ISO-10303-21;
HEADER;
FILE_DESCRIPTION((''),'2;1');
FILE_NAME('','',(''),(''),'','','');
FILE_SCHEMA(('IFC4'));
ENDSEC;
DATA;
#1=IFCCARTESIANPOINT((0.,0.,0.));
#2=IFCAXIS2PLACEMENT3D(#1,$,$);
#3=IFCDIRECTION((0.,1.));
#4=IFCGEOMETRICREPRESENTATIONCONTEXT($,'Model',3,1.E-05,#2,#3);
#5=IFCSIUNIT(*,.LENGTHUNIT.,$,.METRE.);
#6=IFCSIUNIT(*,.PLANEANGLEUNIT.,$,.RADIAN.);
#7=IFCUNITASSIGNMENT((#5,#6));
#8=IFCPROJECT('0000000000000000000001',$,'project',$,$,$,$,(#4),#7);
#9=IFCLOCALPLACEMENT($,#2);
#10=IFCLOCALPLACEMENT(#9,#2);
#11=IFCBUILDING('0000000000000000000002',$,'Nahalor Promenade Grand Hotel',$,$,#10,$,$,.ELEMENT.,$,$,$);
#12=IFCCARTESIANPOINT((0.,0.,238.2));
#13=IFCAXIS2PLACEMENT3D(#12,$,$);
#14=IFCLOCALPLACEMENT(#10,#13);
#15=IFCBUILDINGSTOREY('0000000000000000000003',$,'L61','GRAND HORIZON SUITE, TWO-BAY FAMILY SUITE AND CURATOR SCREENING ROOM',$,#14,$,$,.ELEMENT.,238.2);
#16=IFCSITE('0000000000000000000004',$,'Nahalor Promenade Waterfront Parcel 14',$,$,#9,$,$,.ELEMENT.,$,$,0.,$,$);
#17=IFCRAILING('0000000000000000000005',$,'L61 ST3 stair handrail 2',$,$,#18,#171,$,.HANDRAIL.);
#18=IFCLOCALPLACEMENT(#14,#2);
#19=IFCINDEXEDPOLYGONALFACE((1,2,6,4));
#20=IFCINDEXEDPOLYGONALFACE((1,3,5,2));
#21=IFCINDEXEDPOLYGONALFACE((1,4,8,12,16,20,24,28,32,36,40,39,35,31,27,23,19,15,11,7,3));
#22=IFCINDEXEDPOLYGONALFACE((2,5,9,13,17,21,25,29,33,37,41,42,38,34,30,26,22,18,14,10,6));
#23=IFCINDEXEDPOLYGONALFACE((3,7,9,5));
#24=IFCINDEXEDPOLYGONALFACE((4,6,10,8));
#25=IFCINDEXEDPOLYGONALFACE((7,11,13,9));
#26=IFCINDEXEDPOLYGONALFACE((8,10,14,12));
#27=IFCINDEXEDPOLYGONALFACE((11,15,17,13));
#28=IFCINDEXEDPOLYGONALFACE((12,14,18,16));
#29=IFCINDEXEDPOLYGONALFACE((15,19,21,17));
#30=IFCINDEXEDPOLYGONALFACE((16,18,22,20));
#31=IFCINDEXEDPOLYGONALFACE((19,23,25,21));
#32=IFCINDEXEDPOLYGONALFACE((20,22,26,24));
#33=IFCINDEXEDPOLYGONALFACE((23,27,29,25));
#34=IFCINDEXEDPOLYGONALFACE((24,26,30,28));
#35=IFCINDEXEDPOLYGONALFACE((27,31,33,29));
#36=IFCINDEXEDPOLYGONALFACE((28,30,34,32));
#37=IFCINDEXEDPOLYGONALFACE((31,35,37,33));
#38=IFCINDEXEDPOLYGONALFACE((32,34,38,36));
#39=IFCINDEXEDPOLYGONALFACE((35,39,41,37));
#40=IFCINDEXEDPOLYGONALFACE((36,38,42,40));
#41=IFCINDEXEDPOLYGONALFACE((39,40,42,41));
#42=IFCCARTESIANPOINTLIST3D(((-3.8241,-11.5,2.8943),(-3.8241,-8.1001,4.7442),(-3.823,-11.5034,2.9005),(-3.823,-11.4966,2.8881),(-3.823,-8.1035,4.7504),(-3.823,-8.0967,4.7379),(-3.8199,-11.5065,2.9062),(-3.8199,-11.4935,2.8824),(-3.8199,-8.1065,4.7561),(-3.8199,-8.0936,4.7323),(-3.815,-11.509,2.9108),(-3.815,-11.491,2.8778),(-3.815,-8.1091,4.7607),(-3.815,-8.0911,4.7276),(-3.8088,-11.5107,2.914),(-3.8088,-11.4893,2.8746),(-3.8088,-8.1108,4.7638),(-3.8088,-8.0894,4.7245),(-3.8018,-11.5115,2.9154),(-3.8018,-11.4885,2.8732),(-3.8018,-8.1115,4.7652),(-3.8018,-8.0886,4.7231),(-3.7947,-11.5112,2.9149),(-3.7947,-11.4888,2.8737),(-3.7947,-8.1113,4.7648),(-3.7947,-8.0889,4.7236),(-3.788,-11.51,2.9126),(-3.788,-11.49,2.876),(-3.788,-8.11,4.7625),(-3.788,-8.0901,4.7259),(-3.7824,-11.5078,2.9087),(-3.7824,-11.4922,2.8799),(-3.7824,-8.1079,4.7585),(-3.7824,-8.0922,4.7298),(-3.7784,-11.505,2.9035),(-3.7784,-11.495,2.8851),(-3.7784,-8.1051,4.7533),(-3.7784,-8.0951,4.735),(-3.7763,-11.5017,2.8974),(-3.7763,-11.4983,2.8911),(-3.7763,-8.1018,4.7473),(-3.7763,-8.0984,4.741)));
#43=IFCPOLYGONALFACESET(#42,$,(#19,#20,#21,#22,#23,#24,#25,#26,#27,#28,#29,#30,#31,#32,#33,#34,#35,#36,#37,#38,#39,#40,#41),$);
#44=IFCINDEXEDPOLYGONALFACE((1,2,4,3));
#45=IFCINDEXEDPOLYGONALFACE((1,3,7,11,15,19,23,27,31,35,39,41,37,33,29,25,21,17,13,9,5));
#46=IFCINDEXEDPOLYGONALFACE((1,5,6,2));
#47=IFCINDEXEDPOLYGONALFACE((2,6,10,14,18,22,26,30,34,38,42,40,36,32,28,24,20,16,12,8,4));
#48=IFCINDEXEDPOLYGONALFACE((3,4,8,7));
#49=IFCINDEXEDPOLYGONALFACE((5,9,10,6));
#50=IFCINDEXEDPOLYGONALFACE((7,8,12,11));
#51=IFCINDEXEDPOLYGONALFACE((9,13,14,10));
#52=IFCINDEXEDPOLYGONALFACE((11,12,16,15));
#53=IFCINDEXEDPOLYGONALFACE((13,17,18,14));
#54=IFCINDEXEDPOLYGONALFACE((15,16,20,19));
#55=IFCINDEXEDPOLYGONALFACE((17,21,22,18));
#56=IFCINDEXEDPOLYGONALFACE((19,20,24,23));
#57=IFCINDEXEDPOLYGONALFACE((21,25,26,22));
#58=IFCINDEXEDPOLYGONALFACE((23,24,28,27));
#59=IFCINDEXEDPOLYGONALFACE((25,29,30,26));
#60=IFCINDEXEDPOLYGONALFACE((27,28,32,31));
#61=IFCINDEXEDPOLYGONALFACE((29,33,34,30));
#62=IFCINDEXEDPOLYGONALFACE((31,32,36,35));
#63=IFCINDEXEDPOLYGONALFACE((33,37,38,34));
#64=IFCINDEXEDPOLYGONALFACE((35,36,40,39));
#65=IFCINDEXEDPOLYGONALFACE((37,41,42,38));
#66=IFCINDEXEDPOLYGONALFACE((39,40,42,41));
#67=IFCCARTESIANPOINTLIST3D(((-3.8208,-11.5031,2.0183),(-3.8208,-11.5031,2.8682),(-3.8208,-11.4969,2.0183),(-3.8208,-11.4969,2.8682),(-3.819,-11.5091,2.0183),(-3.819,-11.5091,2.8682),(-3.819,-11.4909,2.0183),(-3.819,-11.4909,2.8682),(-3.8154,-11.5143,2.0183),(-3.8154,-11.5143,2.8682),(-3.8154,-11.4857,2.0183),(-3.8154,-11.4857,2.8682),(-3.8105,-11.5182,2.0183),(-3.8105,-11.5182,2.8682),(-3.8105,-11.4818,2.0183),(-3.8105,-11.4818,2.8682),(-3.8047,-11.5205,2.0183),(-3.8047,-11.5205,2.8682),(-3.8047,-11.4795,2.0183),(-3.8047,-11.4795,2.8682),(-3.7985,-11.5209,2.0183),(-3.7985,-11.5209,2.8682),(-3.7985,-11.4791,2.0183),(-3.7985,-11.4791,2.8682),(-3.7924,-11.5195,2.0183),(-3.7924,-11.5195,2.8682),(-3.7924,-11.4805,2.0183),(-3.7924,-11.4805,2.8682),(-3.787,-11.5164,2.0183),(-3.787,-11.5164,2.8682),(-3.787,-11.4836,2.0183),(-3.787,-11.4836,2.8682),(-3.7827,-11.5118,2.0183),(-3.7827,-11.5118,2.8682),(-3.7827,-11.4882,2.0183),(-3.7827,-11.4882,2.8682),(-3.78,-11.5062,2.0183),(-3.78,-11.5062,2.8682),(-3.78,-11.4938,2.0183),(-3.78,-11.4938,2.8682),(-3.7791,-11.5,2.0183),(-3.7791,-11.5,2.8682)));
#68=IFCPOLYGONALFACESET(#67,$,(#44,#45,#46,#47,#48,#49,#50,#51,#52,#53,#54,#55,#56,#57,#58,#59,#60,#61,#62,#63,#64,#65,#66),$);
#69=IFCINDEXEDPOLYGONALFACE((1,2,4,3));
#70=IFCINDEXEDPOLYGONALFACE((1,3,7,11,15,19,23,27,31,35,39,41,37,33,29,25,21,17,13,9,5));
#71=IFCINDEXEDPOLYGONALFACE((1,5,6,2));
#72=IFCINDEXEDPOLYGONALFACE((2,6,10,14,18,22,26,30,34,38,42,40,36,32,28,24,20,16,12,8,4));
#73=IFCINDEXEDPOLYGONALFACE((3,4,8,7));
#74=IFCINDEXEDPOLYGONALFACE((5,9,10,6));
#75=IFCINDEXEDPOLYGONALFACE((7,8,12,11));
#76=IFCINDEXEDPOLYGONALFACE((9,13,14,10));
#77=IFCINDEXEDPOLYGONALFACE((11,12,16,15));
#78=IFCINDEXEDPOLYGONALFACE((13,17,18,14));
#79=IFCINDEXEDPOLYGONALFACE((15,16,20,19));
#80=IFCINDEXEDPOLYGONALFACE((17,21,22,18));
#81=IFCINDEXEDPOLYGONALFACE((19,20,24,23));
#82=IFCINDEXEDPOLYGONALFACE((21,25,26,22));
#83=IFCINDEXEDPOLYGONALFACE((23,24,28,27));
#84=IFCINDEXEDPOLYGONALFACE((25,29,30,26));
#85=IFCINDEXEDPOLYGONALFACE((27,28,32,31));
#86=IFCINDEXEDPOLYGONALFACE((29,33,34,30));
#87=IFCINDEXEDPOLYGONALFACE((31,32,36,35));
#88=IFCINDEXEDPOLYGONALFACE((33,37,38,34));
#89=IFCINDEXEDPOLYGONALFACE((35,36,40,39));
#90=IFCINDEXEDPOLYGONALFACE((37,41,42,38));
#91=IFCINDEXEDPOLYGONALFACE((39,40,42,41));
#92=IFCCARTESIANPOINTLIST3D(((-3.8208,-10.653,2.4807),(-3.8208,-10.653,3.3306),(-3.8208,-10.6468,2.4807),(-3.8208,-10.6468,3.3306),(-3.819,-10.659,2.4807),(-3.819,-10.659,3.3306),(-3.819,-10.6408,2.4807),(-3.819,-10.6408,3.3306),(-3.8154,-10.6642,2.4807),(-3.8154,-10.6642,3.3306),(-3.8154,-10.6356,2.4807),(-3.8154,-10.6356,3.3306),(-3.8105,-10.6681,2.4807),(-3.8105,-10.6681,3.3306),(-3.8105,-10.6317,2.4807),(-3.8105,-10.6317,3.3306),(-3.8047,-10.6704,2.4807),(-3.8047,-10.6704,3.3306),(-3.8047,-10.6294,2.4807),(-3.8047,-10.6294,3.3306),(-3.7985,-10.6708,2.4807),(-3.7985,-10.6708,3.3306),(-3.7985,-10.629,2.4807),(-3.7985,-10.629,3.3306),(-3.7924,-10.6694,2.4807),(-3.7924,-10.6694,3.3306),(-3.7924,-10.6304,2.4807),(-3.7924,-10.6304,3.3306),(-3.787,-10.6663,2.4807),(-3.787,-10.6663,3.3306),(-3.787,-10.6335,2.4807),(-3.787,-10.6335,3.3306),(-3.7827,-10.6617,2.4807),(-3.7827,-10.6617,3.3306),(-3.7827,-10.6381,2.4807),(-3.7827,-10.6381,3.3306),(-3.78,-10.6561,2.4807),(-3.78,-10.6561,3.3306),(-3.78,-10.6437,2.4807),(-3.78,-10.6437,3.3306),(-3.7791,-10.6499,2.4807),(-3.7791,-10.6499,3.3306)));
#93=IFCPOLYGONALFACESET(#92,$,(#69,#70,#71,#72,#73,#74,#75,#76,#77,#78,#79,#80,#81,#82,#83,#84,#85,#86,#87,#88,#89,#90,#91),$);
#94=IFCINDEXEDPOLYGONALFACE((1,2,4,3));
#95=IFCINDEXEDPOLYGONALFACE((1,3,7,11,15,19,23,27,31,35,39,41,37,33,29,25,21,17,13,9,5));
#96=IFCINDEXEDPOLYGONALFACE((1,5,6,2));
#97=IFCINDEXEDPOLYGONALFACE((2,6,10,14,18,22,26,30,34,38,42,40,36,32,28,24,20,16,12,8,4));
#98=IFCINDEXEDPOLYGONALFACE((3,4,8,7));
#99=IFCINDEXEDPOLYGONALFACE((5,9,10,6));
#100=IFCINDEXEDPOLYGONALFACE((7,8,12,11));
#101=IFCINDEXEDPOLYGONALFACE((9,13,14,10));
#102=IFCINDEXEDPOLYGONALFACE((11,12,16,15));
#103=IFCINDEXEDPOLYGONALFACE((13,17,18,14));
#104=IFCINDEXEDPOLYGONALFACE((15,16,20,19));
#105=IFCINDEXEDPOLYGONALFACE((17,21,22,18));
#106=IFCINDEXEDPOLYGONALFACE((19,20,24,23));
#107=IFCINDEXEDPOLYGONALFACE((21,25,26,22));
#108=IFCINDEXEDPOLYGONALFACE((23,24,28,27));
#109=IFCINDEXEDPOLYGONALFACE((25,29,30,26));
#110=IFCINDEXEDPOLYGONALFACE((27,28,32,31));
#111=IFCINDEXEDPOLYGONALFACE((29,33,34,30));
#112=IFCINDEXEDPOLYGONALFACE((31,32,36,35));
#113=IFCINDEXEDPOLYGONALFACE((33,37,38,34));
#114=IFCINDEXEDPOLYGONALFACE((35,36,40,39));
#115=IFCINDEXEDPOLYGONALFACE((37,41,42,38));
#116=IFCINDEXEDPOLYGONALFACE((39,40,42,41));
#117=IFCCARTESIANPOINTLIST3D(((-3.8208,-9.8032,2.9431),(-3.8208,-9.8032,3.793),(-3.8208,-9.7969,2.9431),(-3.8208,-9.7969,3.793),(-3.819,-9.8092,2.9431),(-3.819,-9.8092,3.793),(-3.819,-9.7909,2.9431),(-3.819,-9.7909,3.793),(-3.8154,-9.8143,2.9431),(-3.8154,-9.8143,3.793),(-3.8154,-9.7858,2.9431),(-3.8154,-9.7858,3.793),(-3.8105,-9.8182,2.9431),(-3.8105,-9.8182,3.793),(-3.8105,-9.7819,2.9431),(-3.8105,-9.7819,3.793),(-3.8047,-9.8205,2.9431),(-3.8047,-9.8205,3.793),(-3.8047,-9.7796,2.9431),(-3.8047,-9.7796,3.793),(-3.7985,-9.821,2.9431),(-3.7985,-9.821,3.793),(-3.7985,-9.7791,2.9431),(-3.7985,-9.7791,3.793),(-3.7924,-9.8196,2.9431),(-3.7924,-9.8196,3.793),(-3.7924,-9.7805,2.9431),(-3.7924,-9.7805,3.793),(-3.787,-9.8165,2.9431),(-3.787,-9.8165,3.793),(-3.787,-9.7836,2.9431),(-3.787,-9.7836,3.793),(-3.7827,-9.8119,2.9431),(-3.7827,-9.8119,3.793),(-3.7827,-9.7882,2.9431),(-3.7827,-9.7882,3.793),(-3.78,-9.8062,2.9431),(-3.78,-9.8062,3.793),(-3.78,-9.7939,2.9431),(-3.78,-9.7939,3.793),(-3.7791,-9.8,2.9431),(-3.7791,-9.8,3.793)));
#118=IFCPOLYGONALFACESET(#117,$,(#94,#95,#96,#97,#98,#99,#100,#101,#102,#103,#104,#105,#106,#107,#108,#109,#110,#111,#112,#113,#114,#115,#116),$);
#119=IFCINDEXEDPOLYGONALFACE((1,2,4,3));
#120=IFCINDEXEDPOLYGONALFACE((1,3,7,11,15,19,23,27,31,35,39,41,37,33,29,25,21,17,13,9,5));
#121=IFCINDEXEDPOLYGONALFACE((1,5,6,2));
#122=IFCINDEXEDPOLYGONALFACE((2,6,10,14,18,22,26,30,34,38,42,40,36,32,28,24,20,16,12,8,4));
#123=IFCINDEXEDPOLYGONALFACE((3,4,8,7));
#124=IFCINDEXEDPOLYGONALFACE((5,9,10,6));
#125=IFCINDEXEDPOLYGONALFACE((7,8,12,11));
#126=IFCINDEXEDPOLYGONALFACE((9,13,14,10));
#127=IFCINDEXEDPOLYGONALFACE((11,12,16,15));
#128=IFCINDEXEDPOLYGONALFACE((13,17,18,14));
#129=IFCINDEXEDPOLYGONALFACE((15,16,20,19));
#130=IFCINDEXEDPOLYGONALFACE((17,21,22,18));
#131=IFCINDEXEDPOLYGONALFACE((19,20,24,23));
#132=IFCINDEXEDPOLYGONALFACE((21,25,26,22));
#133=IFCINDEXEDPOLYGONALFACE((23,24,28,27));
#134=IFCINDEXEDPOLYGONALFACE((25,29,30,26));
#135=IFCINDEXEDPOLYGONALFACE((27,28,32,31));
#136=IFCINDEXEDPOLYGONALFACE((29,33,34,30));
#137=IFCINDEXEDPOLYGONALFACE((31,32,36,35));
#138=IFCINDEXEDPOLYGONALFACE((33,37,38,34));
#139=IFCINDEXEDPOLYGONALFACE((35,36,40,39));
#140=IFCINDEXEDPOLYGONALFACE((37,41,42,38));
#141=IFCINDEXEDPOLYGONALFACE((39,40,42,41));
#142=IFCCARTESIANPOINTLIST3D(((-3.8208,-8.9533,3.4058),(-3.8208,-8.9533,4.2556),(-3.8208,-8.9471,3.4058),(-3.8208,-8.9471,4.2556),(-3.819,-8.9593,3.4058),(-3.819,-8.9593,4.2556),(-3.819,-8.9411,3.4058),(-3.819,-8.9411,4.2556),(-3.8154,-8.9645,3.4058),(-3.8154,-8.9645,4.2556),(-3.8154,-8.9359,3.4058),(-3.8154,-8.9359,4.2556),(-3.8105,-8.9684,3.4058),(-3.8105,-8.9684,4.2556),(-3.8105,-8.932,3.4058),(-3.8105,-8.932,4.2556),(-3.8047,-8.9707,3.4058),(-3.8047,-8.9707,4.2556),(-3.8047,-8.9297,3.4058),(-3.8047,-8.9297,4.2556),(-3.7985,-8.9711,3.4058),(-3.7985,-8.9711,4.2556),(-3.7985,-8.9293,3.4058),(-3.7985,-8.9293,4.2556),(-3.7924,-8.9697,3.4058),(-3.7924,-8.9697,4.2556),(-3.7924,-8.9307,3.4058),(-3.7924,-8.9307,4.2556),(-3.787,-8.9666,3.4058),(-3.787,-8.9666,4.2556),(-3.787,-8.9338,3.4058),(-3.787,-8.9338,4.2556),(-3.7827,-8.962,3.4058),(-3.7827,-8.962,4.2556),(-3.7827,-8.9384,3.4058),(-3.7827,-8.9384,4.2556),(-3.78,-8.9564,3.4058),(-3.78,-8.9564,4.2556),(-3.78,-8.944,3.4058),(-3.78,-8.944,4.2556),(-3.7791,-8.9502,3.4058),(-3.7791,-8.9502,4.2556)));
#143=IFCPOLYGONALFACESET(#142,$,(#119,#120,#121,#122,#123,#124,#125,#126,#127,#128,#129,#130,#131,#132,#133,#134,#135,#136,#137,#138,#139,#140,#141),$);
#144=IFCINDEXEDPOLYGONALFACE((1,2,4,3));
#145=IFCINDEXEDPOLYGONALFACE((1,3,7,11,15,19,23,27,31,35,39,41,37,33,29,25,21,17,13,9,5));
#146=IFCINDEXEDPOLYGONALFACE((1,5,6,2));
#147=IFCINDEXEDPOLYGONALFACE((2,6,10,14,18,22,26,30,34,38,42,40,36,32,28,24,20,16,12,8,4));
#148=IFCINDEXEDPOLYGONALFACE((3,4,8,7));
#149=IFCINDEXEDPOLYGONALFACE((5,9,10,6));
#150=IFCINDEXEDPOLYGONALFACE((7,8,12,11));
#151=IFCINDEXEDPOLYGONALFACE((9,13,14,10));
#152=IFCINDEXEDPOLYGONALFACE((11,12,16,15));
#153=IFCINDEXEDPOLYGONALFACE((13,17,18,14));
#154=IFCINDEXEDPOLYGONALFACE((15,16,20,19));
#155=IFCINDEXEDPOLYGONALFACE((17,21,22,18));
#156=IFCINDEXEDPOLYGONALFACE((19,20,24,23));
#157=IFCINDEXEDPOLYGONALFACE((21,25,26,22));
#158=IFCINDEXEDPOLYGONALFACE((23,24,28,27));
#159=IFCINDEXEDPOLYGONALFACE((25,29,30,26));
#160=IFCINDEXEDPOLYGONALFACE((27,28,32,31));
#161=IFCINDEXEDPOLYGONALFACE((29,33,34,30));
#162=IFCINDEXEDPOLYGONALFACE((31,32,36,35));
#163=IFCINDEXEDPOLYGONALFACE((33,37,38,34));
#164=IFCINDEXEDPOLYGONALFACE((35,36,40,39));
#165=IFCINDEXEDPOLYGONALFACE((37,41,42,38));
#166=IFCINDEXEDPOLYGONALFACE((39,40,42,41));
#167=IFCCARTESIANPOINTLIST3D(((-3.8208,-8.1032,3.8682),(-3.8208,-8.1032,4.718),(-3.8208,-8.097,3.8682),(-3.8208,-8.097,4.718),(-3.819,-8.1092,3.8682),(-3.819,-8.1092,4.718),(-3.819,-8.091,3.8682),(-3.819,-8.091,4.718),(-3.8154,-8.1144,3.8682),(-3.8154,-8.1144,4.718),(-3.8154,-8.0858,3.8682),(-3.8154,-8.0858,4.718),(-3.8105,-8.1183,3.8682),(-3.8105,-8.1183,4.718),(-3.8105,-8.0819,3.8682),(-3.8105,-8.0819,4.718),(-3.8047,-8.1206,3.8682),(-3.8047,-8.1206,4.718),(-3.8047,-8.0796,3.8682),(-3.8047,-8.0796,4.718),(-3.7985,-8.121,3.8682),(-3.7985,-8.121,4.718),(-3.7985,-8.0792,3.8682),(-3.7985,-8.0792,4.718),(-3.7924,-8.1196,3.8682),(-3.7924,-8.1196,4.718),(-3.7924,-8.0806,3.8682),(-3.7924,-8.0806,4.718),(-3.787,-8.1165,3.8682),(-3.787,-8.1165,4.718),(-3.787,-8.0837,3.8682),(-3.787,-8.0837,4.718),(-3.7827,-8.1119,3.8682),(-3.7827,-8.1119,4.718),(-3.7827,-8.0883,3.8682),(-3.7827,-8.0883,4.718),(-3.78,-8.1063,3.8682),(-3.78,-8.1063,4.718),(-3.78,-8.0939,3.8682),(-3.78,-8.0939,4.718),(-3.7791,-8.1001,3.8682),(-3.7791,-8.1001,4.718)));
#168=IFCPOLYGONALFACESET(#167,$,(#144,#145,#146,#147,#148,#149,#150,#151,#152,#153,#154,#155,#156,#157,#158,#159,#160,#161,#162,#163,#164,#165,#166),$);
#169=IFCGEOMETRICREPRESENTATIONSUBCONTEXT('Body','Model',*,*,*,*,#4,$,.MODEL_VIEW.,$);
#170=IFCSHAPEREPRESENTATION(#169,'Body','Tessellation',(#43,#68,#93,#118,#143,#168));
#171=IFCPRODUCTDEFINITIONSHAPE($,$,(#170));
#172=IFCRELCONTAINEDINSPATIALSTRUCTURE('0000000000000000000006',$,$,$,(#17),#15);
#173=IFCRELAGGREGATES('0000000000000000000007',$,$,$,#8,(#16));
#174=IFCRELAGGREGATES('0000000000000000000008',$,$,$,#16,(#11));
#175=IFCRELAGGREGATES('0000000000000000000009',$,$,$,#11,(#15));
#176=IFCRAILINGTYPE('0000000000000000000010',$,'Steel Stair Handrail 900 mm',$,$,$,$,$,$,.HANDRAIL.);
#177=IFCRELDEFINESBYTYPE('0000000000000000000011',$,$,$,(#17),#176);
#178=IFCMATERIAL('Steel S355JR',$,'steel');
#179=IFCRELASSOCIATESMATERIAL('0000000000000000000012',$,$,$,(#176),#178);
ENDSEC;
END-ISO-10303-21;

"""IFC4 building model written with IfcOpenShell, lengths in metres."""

from ifc_helpers import new_model, si_unit, direction, frame, origin, origin_2d, place, context, subcontext, project, spatial, circle, extrude, material, type_object, element, save


model = new_model("IFC4")

# Units and contexts
model_context = context("Model", 3, precision=1e-05, world=origin(), true_north=direction((0.0, 1.0)))
body_context = subcontext(model_context, "Body", "Model", "MODEL_VIEW")
ifc_project = project(units=[si_unit("LENGTHUNIT", "METRE"), si_unit("PLANEANGLEUNIT", "RADIAN")], contexts=[model_context])

# Site, building, storey
site_placement = place(None, origin())
site = spatial("IfcSite", under=ifc_project, at=site_placement, Name="Nahalor Promenade Waterfront Parcel 14", CompositionType="ELEMENT", RefElevation=0.0)
building_placement = place(site_placement, origin())
building = spatial("IfcBuilding", under=site, at=building_placement, Name="Nahalor Promenade Grand Hotel", CompositionType="ELEMENT")
storey_placement = place(building_placement, frame((0.0, 0.0, 238.2)))
storey = spatial("IfcBuildingStorey", under=building, at=storey_placement, Name="L61", Description="GRAND HORIZON SUITE, TWO-BAY FAMILY SUITE AND CURATOR SCREENING ROOM", CompositionType="ELEMENT", Elevation=238.2)

# Shared definitions
ifc_material_1 = material(Name="Steel S355JR", Category="steel")

# Railing
railing_type_1 = type_object("IfcRailingType", Name="Steel Stair Handrail 900 mm", PredefinedType="HANDRAIL", material=ifc_material_1)
railing_1_placement = place(storey_placement, frame((-3.8, -11.5, 2.0183)))
element("IfcRailing", 1, at=railing_1_placement, inside=storey, type_object=railing_type_1, Name="L61 ST3 stair handrail 2", PredefinedType="HANDRAIL", context=body_context, shape_type="SweptSolid", body=[
    extrude(circle(Radius=0.024, at=origin_2d()), frame((0.0, 0.0, 0.876), z_axis=(0.0, 0.878399, 0.477928), x_axis=(-1.0, 0.0, 0.0)), (0.0, 0.0, 1.0), 3.8706),
    extrude(circle(Radius=0.021, at=origin_2d()), origin(), (0.0, 0.0, 1.0), 0.8499),
    extrude(circle(Radius=0.021, at=origin_2d()), frame((0.0, 0.8501, 0.4624)), (0.0, 0.0, 1.0), 0.8499),
    extrude(circle(Radius=0.021, at=origin_2d()), frame((0.0, 1.7, 0.9248)), (0.0, 0.0, 1.0), 0.8499),
    extrude(circle(Radius=0.021, at=origin_2d()), frame((0.0, 2.5498, 1.3875)), (0.0, 0.0, 1.0), 0.8499),
    extrude(circle(Radius=0.021, at=origin_2d()), frame((0.0, 3.3999, 1.8499)), (0.0, 0.0, 1.0), 0.8499),
])

save(model, "model.ifc")
